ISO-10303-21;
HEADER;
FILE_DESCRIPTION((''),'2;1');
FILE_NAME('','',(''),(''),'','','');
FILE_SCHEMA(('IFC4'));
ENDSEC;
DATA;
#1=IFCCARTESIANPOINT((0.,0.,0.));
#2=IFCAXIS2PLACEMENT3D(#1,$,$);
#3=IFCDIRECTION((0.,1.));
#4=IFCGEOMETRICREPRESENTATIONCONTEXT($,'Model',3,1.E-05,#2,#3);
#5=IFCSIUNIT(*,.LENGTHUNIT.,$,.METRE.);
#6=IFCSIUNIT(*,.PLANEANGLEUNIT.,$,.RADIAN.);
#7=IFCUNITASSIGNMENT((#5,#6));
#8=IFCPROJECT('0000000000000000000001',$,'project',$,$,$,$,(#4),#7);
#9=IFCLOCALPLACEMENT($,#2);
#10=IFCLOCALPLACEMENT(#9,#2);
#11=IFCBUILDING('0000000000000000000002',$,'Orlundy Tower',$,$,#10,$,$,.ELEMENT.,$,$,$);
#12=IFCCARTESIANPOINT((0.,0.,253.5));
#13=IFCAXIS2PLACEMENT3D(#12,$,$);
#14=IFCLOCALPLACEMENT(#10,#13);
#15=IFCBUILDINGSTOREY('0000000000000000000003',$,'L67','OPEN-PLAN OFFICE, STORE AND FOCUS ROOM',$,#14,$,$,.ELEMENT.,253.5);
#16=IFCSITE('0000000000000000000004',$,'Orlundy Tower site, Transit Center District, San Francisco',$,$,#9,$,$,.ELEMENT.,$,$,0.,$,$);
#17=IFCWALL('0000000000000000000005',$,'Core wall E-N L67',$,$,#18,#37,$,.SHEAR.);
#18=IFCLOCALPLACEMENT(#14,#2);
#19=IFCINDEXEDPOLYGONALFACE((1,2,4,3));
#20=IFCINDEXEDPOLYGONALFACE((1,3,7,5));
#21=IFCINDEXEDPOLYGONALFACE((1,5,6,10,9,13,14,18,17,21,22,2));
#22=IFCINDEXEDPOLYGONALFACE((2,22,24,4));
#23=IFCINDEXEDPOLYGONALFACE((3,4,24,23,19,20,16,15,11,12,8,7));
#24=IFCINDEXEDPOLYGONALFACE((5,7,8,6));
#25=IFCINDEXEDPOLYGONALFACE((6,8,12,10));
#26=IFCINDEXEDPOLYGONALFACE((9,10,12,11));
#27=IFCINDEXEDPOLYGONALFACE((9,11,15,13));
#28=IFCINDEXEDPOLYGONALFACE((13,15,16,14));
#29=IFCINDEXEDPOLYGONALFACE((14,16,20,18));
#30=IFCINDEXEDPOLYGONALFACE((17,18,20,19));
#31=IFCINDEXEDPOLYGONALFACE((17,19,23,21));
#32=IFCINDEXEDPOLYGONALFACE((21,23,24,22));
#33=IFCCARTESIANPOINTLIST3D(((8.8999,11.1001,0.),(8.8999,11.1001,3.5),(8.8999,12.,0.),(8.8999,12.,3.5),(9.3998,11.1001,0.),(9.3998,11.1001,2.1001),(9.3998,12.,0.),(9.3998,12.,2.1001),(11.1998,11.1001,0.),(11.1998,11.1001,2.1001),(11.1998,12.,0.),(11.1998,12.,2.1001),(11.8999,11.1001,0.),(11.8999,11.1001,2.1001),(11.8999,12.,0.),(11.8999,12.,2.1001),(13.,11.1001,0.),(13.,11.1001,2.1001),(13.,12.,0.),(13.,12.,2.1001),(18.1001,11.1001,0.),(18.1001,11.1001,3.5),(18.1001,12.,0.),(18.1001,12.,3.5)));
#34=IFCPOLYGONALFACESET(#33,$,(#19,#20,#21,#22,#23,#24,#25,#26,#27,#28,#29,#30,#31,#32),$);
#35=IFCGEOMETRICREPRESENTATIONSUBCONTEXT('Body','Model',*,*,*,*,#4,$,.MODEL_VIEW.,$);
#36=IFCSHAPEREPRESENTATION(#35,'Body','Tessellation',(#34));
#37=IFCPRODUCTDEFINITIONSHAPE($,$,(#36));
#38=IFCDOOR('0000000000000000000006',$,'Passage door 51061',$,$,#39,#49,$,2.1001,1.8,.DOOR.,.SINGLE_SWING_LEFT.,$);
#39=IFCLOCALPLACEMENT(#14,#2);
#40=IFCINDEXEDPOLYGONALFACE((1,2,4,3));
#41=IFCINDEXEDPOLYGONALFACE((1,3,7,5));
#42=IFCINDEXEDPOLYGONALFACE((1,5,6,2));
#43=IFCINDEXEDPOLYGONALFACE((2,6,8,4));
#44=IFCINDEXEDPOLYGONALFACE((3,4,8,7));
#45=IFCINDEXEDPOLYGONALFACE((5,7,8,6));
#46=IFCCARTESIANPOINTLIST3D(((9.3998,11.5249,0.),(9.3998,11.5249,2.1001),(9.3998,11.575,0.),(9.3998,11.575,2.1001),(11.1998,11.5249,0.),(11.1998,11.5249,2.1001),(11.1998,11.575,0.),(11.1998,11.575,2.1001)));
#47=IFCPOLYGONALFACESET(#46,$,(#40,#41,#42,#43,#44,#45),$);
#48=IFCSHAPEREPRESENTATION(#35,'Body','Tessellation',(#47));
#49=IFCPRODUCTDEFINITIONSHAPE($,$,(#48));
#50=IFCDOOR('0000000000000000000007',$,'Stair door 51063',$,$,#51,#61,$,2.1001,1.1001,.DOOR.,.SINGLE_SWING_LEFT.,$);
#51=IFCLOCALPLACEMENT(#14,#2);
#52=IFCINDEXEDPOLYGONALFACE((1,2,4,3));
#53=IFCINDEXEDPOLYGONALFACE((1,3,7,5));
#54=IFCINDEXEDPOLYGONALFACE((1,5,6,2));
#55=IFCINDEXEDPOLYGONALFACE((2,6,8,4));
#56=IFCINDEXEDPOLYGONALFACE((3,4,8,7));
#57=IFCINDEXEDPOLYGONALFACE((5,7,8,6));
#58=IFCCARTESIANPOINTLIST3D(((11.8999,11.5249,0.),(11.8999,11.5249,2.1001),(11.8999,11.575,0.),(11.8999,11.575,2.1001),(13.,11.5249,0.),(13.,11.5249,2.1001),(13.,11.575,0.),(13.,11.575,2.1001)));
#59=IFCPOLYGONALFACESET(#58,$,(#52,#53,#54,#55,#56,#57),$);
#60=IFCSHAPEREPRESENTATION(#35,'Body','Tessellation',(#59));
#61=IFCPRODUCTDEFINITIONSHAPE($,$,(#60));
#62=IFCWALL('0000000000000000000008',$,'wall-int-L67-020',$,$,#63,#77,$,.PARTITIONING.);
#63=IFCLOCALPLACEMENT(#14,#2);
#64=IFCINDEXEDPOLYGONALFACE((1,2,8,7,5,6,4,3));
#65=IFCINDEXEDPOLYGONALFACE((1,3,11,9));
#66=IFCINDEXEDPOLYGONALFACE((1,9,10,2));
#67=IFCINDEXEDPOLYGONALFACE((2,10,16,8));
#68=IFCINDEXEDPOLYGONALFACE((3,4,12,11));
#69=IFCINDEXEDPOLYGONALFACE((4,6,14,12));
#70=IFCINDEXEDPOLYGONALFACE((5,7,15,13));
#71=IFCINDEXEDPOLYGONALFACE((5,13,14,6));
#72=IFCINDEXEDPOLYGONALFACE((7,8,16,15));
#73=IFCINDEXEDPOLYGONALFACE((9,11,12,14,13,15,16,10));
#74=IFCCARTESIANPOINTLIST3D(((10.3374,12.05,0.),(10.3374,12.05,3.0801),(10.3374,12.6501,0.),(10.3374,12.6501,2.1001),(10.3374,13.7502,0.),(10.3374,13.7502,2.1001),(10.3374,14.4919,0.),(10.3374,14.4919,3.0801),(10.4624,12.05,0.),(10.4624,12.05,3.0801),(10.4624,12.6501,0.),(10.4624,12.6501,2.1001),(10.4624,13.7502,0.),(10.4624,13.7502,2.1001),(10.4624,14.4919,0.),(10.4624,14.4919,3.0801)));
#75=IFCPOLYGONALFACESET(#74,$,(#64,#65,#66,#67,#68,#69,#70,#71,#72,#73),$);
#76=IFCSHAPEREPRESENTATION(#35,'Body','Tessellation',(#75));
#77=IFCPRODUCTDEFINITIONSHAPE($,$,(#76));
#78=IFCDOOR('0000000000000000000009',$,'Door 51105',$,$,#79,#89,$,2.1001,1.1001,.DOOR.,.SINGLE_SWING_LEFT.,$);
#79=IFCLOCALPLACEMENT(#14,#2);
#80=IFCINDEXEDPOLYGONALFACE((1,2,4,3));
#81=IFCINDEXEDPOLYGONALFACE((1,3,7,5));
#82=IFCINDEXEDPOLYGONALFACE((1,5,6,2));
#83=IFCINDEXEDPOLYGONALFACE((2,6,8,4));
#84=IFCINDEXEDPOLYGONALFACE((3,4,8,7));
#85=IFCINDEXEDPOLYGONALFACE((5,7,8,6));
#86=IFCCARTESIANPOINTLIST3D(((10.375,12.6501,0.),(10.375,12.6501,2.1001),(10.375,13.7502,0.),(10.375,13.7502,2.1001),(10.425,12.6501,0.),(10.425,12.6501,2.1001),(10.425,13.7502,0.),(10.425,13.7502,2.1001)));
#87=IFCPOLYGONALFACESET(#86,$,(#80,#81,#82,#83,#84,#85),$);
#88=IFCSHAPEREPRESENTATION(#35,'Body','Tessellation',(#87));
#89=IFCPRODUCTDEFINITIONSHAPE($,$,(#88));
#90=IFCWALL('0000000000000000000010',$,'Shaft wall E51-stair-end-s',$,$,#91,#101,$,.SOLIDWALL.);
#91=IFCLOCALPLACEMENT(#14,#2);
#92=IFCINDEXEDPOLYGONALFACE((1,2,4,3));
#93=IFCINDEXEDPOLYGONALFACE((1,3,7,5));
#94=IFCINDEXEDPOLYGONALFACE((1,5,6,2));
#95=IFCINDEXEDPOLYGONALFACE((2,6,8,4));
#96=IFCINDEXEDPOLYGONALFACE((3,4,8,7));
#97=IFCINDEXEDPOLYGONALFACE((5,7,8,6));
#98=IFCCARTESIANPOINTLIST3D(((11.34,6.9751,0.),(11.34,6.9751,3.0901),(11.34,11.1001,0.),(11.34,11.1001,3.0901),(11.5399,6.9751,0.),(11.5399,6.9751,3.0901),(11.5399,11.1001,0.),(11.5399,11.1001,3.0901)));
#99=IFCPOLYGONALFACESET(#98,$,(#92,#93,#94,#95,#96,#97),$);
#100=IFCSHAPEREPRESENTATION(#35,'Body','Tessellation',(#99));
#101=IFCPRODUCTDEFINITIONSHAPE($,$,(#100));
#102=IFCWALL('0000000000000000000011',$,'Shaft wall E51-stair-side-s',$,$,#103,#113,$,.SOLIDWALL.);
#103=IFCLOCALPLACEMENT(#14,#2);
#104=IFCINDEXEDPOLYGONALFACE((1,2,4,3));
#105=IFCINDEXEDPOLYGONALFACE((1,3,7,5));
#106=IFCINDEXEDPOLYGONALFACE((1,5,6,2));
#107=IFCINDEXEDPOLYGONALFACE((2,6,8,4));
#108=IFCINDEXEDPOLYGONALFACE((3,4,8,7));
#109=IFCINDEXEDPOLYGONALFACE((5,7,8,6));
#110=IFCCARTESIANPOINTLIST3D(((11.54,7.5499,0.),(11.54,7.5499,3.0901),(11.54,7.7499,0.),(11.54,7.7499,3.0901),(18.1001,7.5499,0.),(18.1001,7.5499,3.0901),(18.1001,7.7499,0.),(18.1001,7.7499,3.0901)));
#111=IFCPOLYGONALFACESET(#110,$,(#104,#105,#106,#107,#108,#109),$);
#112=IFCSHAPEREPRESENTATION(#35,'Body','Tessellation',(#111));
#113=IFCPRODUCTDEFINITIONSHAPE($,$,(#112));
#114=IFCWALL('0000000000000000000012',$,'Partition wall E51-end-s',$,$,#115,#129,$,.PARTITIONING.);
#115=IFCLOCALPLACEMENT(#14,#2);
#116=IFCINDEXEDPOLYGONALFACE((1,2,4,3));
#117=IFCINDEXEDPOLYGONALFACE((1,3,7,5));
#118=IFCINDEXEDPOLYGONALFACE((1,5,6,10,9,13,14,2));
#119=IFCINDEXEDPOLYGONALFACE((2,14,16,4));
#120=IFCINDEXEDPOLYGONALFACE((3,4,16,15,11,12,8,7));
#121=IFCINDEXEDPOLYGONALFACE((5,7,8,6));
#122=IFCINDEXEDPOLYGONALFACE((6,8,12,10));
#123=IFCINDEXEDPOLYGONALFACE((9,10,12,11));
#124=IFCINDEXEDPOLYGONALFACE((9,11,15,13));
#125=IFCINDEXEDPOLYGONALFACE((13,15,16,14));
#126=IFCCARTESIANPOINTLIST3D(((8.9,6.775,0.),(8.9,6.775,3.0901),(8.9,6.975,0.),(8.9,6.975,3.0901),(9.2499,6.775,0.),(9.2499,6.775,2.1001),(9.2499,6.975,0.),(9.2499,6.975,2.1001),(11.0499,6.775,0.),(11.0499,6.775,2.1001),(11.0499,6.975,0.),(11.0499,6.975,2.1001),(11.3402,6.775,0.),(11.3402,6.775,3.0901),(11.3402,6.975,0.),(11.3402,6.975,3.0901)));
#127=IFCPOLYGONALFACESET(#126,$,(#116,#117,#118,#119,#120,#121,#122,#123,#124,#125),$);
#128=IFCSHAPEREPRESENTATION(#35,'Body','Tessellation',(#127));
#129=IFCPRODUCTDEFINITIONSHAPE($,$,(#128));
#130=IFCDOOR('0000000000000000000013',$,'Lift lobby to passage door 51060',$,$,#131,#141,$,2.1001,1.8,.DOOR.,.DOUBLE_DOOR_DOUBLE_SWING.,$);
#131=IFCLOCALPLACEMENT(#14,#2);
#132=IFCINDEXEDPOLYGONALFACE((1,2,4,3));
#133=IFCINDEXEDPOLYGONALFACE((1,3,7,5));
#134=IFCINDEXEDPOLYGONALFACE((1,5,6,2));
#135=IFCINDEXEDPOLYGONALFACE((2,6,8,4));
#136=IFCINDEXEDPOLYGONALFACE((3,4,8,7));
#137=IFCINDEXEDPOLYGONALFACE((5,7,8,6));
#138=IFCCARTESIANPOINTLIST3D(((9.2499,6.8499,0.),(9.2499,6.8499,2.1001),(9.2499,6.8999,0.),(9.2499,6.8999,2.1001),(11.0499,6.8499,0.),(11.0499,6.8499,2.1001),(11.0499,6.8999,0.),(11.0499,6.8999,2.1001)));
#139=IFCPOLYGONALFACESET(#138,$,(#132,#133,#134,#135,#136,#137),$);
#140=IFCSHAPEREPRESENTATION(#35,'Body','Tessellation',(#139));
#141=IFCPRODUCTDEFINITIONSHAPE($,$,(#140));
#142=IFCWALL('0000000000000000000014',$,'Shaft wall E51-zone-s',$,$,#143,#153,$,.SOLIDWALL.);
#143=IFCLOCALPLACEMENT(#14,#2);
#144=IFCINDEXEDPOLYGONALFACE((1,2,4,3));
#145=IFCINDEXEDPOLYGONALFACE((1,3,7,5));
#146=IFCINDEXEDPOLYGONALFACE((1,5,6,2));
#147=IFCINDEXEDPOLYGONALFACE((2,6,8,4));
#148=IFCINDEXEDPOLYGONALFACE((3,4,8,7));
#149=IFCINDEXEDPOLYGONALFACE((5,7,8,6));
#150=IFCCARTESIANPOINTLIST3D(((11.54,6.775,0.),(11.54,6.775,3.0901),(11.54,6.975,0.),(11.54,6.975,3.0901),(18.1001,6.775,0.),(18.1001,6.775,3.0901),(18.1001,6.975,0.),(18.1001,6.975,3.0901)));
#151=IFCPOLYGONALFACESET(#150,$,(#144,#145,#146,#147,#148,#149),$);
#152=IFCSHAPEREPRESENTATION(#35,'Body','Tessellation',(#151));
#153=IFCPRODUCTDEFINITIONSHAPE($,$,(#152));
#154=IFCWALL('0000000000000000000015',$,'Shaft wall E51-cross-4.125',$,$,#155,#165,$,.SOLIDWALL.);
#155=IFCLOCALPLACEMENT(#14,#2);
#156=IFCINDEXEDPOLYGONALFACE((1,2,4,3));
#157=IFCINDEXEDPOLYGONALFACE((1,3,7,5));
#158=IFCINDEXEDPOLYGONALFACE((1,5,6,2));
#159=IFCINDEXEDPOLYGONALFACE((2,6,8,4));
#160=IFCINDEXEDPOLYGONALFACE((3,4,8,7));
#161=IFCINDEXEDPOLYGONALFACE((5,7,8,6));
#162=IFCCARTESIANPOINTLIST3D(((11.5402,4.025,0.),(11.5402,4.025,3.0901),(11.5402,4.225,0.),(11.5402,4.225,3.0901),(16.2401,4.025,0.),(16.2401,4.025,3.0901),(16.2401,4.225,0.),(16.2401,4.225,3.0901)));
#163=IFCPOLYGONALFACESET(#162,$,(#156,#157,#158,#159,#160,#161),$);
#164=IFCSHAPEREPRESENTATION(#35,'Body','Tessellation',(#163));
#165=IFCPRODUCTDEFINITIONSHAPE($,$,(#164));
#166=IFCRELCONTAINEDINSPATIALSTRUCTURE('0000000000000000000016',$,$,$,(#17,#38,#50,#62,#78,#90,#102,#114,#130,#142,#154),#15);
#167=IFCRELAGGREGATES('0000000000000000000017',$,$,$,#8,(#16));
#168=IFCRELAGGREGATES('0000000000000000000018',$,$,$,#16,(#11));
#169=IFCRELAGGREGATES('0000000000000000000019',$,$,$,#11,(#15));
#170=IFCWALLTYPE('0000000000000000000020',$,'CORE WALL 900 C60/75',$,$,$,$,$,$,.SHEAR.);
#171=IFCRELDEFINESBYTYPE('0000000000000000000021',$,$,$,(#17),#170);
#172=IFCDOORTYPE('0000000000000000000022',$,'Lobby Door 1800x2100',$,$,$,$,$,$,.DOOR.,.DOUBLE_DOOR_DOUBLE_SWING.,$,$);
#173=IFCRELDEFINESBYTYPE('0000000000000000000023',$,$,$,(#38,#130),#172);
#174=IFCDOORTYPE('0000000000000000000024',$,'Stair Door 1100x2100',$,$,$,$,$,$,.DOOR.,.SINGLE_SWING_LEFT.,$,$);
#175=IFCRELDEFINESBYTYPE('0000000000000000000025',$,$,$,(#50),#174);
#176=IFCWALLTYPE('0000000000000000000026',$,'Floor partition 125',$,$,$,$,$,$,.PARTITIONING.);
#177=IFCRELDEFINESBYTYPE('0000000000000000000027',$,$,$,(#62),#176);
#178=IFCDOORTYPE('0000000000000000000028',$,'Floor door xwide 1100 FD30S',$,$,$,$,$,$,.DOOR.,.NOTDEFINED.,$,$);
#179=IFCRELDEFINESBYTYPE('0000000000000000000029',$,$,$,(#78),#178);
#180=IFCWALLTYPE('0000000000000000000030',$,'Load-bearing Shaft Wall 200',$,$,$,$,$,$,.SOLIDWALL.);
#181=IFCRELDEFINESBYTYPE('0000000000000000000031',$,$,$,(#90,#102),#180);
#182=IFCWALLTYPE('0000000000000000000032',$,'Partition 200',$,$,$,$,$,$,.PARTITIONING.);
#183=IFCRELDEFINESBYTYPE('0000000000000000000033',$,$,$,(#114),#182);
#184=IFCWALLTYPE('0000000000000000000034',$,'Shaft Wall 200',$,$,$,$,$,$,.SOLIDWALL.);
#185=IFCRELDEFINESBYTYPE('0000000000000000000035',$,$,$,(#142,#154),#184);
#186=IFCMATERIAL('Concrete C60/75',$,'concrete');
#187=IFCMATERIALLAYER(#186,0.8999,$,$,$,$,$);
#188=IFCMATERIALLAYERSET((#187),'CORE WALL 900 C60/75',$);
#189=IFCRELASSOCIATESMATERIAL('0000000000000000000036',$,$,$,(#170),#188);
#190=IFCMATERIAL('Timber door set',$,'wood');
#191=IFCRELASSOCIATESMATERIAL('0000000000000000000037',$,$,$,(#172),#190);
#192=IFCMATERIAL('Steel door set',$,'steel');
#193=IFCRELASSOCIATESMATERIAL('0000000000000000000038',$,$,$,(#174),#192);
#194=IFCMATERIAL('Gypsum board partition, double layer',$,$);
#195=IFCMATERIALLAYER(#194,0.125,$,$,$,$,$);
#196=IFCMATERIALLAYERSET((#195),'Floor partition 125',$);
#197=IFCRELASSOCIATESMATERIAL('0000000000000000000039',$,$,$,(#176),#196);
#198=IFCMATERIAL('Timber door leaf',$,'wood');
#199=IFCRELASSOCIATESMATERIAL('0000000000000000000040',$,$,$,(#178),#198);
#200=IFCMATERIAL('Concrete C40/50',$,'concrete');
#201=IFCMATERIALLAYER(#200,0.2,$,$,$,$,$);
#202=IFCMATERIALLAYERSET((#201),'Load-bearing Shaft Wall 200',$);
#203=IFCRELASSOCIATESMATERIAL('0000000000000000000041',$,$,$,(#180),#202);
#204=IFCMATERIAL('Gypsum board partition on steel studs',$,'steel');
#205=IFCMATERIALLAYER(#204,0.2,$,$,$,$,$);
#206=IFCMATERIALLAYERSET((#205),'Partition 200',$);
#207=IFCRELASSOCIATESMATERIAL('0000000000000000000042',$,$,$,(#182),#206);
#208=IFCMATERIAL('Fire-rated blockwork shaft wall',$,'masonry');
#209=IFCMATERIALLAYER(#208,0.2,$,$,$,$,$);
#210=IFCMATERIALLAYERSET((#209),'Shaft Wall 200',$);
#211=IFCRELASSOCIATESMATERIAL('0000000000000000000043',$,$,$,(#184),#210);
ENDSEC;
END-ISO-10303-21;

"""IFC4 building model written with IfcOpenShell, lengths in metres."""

from ifc_helpers import new_model, si_unit, direction, frame, frame_2d, origin, place, context, subcontext, project, spatial, rectangle, extrude, material, layer, layer_set, type_object, element, fill, save


model = new_model("IFC4")

# Units and contexts
model_context = context("Model", 3, precision=1e-05, world=origin(), true_north=direction((0.0, 1.0)))
body_context = subcontext(model_context, "Body", "Model", "MODEL_VIEW")
ifc_project = project(units=[si_unit("LENGTHUNIT", "METRE"), si_unit("PLANEANGLEUNIT", "RADIAN")], contexts=[model_context])

# Site, building, storey
site_placement = place(None, origin())
site = spatial("IfcSite", under=ifc_project, at=site_placement, Name="Orlundy Tower site, Transit Center District, San Francisco", CompositionType="ELEMENT", RefElevation=0.0)
building_placement = place(site_placement, origin())
building = spatial("IfcBuilding", under=site, at=building_placement, Name="Orlundy Tower", CompositionType="ELEMENT")
storey_placement = place(building_placement, frame((0.0, 0.0, 253.5)))
storey = spatial("IfcBuildingStorey", under=building, at=storey_placement, Name="L67", Description="OPEN-PLAN OFFICE, STORE AND FOCUS ROOM", CompositionType="ELEMENT", Elevation=253.5)

# Wall, openings, doors
ifc_material_1 = material(Name="Concrete C60/75", Category="concrete")
ifc_layer_1 = layer(ifc_material_1, 0.8999)
ifc_layer_set_1 = layer_set([ifc_layer_1], Name="CORE WALL 900 C60/75")
wall_type_1 = type_object("IfcWallType", Name="CORE WALL 900 C60/75", PredefinedType="SHEAR", material=ifc_layer_set_1)
wall_1_placement = place(storey_placement, frame((8.8999, 11.55, 0.0), z_axis=(0.0, 0.0, 1.0), x_axis=(1.0, 0.0, 0.0)))
wall_1 = element("IfcWall", 1, at=wall_1_placement, inside=storey, type_object=wall_type_1, Name="Core wall E-N L67", PredefinedType="SHEAR", context=body_context, shape_type="SweptSolid", body=[
    extrude(rectangle(XDim=9.2002, YDim=0.8999, at=frame_2d((4.6001, 0.0))), origin(), (0.0, 0.0, 1.0), 3.5),
])
opening_1_placement = place(wall_1_placement, frame((0.5, 0.0, 0.0)))
opening_1 = element("IfcOpeningElement", 2, at=opening_1_placement, cuts=wall_1, PredefinedType="OPENING", context=body_context, shape_type="SweptSolid", body=[
    extrude(rectangle(XDim=1.8, YDim=2.1001, at=frame_2d((0.8999, 1.05))), frame((0.0, 0.46, 0.0), z_axis=(0.0, -1.0, 0.0), x_axis=(1.0, 0.0, 0.0)), (0.0, 0.0, 1.0), 0.9199),
])
opening_2_placement = place(wall_1_placement, frame((3.0, 0.0, 0.0)))
opening_2 = element("IfcOpeningElement", 3, at=opening_2_placement, cuts=wall_1, PredefinedType="OPENING", context=body_context, shape_type="SweptSolid", body=[
    extrude(rectangle(XDim=1.1001, YDim=2.1001, at=frame_2d((0.55, 1.05))), frame((0.0, 0.46, 0.0), z_axis=(0.0, -1.0, 0.0), x_axis=(1.0, 0.0, 0.0)), (0.0, 0.0, 1.0), 0.9199),
])
ifc_material_2 = material(Name="Timber door set", Category="wood")
door_type_1 = type_object("IfcDoorType", Name="Lobby Door 1800x2100", OperationType="DOUBLE_DOOR_DOUBLE_SWING", PredefinedType="DOOR", material=ifc_material_2)
door_1_placement = place(opening_1_placement, origin())
door_1 = element("IfcDoor", 4, at=door_1_placement, inside=storey, type_object=door_type_1, Name="Passage door 51061", OperationType="SINGLE_SWING_LEFT", OverallHeight=2.1001, OverallWidth=1.8, PredefinedType="DOOR", context=body_context, shape_type="SweptSolid", body=[
    extrude(rectangle(XDim=1.8, YDim=2.1001, at=frame_2d((0.8999, 1.05))), frame((0.0, 0.0249, 0.0), z_axis=(0.0, -1.0, 0.0), x_axis=(1.0, 0.0, 0.0)), (0.0, 0.0, 1.0), 0.05),
])
fill(opening_1, door_1)
ifc_material_3 = material(Name="Steel door set", Category="steel")
door_type_2 = type_object("IfcDoorType", Name="Stair Door 1100x2100", OperationType="SINGLE_SWING_LEFT", PredefinedType="DOOR", material=ifc_material_3)
door_2_placement = place(opening_2_placement, origin())
door_2 = element("IfcDoor", 5, at=door_2_placement, inside=storey, type_object=door_type_2, Name="Stair door 51063", OperationType="SINGLE_SWING_LEFT", OverallHeight=2.1001, OverallWidth=1.1001, PredefinedType="DOOR", context=body_context, shape_type="SweptSolid", body=[
    extrude(rectangle(XDim=1.1001, YDim=2.1001, at=frame_2d((0.55, 1.05))), frame((0.0, 0.0249, 0.0), z_axis=(0.0, -1.0, 0.0), x_axis=(1.0, 0.0, 0.0)), (0.0, 0.0, 1.0), 0.05),
])
fill(opening_2, door_2)

# Wall, opening, door
ifc_material_4 = material(Name="Gypsum board partition, double layer")
ifc_layer_2 = layer(ifc_material_4, 0.125)
ifc_layer_set_2 = layer_set([ifc_layer_2], Name="Floor partition 125")
wall_type_2 = type_object("IfcWallType", Name="Floor partition 125", PredefinedType="PARTITIONING", material=ifc_layer_set_2)
wall_2_placement = place(storey_placement, frame((10.3999, 12.05, 0.0), z_axis=(0.0, 0.0, 1.0), x_axis=(0.0, 1.0, 0.0)))
wall_2 = element("IfcWall", 6, at=wall_2_placement, inside=storey, type_object=wall_type_2, Name="wall-int-L67-020", PredefinedType="PARTITIONING", context=body_context, shape_type="SweptSolid", body=[
    extrude(rectangle(XDim=2.4419, YDim=0.125, at=frame_2d((1.2209, 0.0))), origin(), (0.0, 0.0, 1.0), 3.0801),
])
opening_3_placement = place(wall_2_placement, frame((0.6001, 0.0, 0.0)))
opening_3 = element("IfcOpeningElement", 7, at=opening_3_placement, cuts=wall_2, PredefinedType="OPENING", context=body_context, shape_type="SweptSolid", body=[
    extrude(rectangle(XDim=1.1001, YDim=2.1001, at=frame_2d((0.55, 1.05))), frame((0.0, 0.0725, 0.0), z_axis=(0.0, -1.0, 0.0), x_axis=(1.0, 0.0, 0.0)), (0.0, 0.0, 1.0), 0.145),
])
ifc_material_5 = material(Name="Timber door leaf", Category="wood")
door_type_3 = type_object("IfcDoorType", Name="Floor door xwide 1100 FD30S", OperationType="NOTDEFINED", PredefinedType="DOOR", material=ifc_material_5)
door_3_placement = place(opening_3_placement, origin())
door_3 = element("IfcDoor", 8, at=door_3_placement, inside=storey, type_object=door_type_3, Name="Door 51105", OperationType="SINGLE_SWING_LEFT", OverallHeight=2.1001, OverallWidth=1.1001, PredefinedType="DOOR", context=body_context, shape_type="SweptSolid", body=[
    extrude(rectangle(XDim=1.1001, YDim=2.1001, at=frame_2d((0.55, 1.05))), frame((0.0, 0.0249, 0.0), z_axis=(0.0, -1.0, 0.0), x_axis=(1.0, 0.0, 0.0)), (0.0, 0.0, 1.0), 0.05),
])
fill(opening_3, door_3)

# Walls
ifc_material_6 = material(Name="Concrete C40/50", Category="concrete")
ifc_layer_3 = layer(ifc_material_6, 0.2)
ifc_layer_set_3 = layer_set([ifc_layer_3], Name="Load-bearing Shaft Wall 200")
wall_type_3 = type_object("IfcWallType", Name="Load-bearing Shaft Wall 200", PredefinedType="SOLIDWALL", material=ifc_layer_set_3)
wall_3_placement = place(storey_placement, frame((11.4399, 11.1001, 0.0), z_axis=(0.0, 0.0, 1.0), x_axis=(0.0, -1.0, 0.0)))
element("IfcWall", 9, at=wall_3_placement, inside=storey, type_object=wall_type_3, Name="Shaft wall E51-stair-end-s", PredefinedType="SOLIDWALL", context=body_context, shape_type="SweptSolid", body=[
    extrude(rectangle(XDim=4.125, YDim=0.2, at=frame_2d((2.0625, 0.0))), origin(), (0.0, 0.0, 1.0), 3.0901),
])
wall_4_placement = place(storey_placement, frame((11.54, 7.6499, 0.0), z_axis=(0.0, 0.0, 1.0), x_axis=(1.0, 0.0, 0.0)))
element("IfcWall", 10, at=wall_4_placement, inside=storey, type_object=wall_type_3, Name="Shaft wall E51-stair-side-s", PredefinedType="SOLIDWALL", context=body_context, shape_type="SweptSolid", body=[
    extrude(rectangle(XDim=6.5601, YDim=0.2, at=frame_2d((3.28, 0.0))), origin(), (0.0, 0.0, 1.0), 3.0901),
])

# Wall, opening, door
ifc_material_7 = material(Name="Gypsum board partition on steel studs", Category="steel")
ifc_layer_4 = layer(ifc_material_7, 0.2)
ifc_layer_set_4 = layer_set([ifc_layer_4], Name="Partition 200")
wall_type_4 = type_object("IfcWallType", Name="Partition 200", PredefinedType="PARTITIONING", material=ifc_layer_set_4)
wall_5_placement = place(storey_placement, frame((8.8999, 6.875, 0.0), z_axis=(0.0, 0.0, 1.0), x_axis=(1.0, 0.0, 0.0)))
wall_5 = element("IfcWall", 11, at=wall_5_placement, inside=storey, type_object=wall_type_4, Name="Partition wall E51-end-s", PredefinedType="PARTITIONING", context=body_context, shape_type="SweptSolid", body=[
    extrude(rectangle(XDim=2.4402, YDim=0.2, at=frame_2d((1.2202, 0.0))), origin(), (0.0, 0.0, 1.0), 3.0901),
])
opening_4_placement = place(wall_5_placement, frame((0.3501, 0.0, 0.0)))
opening_4 = element("IfcOpeningElement", 12, at=opening_4_placement, cuts=wall_5, PredefinedType="OPENING", context=body_context, shape_type="SweptSolid", body=[
    extrude(rectangle(XDim=1.8, YDim=2.1001, at=frame_2d((0.8999, 1.05))), frame((0.0, 0.1101, 0.0), z_axis=(0.0, -1.0, 0.0), x_axis=(1.0, 0.0, 0.0)), (0.0, 0.0, 1.0), 0.2202),
])
door_4_placement = place(opening_4_placement, origin())
door_4 = element("IfcDoor", 13, at=door_4_placement, inside=storey, type_object=door_type_1, Name="Lift lobby to passage door 51060", OperationType="DOUBLE_DOOR_DOUBLE_SWING", OverallHeight=2.1001, OverallWidth=1.8, PredefinedType="DOOR", context=body_context, shape_type="SweptSolid", body=[
    extrude(rectangle(XDim=1.8, YDim=2.1001, at=frame_2d((0.8999, 1.05))), frame((0.0, 0.0249, 0.0), z_axis=(0.0, -1.0, 0.0), x_axis=(1.0, 0.0, 0.0)), (0.0, 0.0, 1.0), 0.05),
])
fill(opening_4, door_4)

# Walls
ifc_material_8 = material(Name="Fire-rated blockwork shaft wall", Category="masonry")
ifc_layer_5 = layer(ifc_material_8, 0.2)
ifc_layer_set_5 = layer_set([ifc_layer_5], Name="Shaft Wall 200")
wall_type_5 = type_object("IfcWallType", Name="Shaft Wall 200", PredefinedType="SOLIDWALL", material=ifc_layer_set_5)
wall_6_placement = place(storey_placement, frame((11.54, 6.875, 0.0), z_axis=(0.0, 0.0, 1.0), x_axis=(1.0, 0.0, 0.0)))
element("IfcWall", 14, at=wall_6_placement, inside=storey, type_object=wall_type_5, Name="Shaft wall E51-zone-s", PredefinedType="SOLIDWALL", context=body_context, shape_type="SweptSolid", body=[
    extrude(rectangle(XDim=6.5601, YDim=0.2, at=frame_2d((3.28, 0.0))), origin(), (0.0, 0.0, 1.0), 3.0901),
])
wall_7_placement = place(storey_placement, frame((11.54, 4.125, 0.0), z_axis=(0.0, 0.0, 1.0), x_axis=(1.0, 0.0, 0.0)))
element("IfcWall", 15, at=wall_7_placement, inside=storey, type_object=wall_type_5, Name="Shaft wall E51-cross-4.125", PredefinedType="SOLIDWALL", context=body_context, shape_type="SweptSolid", body=[
    extrude(rectangle(XDim=4.7, YDim=0.2, at=frame_2d((2.3501, 0.0))), origin(), (0.0, 0.0, 1.0), 3.0901),
])

save(model, "model.ifc")
